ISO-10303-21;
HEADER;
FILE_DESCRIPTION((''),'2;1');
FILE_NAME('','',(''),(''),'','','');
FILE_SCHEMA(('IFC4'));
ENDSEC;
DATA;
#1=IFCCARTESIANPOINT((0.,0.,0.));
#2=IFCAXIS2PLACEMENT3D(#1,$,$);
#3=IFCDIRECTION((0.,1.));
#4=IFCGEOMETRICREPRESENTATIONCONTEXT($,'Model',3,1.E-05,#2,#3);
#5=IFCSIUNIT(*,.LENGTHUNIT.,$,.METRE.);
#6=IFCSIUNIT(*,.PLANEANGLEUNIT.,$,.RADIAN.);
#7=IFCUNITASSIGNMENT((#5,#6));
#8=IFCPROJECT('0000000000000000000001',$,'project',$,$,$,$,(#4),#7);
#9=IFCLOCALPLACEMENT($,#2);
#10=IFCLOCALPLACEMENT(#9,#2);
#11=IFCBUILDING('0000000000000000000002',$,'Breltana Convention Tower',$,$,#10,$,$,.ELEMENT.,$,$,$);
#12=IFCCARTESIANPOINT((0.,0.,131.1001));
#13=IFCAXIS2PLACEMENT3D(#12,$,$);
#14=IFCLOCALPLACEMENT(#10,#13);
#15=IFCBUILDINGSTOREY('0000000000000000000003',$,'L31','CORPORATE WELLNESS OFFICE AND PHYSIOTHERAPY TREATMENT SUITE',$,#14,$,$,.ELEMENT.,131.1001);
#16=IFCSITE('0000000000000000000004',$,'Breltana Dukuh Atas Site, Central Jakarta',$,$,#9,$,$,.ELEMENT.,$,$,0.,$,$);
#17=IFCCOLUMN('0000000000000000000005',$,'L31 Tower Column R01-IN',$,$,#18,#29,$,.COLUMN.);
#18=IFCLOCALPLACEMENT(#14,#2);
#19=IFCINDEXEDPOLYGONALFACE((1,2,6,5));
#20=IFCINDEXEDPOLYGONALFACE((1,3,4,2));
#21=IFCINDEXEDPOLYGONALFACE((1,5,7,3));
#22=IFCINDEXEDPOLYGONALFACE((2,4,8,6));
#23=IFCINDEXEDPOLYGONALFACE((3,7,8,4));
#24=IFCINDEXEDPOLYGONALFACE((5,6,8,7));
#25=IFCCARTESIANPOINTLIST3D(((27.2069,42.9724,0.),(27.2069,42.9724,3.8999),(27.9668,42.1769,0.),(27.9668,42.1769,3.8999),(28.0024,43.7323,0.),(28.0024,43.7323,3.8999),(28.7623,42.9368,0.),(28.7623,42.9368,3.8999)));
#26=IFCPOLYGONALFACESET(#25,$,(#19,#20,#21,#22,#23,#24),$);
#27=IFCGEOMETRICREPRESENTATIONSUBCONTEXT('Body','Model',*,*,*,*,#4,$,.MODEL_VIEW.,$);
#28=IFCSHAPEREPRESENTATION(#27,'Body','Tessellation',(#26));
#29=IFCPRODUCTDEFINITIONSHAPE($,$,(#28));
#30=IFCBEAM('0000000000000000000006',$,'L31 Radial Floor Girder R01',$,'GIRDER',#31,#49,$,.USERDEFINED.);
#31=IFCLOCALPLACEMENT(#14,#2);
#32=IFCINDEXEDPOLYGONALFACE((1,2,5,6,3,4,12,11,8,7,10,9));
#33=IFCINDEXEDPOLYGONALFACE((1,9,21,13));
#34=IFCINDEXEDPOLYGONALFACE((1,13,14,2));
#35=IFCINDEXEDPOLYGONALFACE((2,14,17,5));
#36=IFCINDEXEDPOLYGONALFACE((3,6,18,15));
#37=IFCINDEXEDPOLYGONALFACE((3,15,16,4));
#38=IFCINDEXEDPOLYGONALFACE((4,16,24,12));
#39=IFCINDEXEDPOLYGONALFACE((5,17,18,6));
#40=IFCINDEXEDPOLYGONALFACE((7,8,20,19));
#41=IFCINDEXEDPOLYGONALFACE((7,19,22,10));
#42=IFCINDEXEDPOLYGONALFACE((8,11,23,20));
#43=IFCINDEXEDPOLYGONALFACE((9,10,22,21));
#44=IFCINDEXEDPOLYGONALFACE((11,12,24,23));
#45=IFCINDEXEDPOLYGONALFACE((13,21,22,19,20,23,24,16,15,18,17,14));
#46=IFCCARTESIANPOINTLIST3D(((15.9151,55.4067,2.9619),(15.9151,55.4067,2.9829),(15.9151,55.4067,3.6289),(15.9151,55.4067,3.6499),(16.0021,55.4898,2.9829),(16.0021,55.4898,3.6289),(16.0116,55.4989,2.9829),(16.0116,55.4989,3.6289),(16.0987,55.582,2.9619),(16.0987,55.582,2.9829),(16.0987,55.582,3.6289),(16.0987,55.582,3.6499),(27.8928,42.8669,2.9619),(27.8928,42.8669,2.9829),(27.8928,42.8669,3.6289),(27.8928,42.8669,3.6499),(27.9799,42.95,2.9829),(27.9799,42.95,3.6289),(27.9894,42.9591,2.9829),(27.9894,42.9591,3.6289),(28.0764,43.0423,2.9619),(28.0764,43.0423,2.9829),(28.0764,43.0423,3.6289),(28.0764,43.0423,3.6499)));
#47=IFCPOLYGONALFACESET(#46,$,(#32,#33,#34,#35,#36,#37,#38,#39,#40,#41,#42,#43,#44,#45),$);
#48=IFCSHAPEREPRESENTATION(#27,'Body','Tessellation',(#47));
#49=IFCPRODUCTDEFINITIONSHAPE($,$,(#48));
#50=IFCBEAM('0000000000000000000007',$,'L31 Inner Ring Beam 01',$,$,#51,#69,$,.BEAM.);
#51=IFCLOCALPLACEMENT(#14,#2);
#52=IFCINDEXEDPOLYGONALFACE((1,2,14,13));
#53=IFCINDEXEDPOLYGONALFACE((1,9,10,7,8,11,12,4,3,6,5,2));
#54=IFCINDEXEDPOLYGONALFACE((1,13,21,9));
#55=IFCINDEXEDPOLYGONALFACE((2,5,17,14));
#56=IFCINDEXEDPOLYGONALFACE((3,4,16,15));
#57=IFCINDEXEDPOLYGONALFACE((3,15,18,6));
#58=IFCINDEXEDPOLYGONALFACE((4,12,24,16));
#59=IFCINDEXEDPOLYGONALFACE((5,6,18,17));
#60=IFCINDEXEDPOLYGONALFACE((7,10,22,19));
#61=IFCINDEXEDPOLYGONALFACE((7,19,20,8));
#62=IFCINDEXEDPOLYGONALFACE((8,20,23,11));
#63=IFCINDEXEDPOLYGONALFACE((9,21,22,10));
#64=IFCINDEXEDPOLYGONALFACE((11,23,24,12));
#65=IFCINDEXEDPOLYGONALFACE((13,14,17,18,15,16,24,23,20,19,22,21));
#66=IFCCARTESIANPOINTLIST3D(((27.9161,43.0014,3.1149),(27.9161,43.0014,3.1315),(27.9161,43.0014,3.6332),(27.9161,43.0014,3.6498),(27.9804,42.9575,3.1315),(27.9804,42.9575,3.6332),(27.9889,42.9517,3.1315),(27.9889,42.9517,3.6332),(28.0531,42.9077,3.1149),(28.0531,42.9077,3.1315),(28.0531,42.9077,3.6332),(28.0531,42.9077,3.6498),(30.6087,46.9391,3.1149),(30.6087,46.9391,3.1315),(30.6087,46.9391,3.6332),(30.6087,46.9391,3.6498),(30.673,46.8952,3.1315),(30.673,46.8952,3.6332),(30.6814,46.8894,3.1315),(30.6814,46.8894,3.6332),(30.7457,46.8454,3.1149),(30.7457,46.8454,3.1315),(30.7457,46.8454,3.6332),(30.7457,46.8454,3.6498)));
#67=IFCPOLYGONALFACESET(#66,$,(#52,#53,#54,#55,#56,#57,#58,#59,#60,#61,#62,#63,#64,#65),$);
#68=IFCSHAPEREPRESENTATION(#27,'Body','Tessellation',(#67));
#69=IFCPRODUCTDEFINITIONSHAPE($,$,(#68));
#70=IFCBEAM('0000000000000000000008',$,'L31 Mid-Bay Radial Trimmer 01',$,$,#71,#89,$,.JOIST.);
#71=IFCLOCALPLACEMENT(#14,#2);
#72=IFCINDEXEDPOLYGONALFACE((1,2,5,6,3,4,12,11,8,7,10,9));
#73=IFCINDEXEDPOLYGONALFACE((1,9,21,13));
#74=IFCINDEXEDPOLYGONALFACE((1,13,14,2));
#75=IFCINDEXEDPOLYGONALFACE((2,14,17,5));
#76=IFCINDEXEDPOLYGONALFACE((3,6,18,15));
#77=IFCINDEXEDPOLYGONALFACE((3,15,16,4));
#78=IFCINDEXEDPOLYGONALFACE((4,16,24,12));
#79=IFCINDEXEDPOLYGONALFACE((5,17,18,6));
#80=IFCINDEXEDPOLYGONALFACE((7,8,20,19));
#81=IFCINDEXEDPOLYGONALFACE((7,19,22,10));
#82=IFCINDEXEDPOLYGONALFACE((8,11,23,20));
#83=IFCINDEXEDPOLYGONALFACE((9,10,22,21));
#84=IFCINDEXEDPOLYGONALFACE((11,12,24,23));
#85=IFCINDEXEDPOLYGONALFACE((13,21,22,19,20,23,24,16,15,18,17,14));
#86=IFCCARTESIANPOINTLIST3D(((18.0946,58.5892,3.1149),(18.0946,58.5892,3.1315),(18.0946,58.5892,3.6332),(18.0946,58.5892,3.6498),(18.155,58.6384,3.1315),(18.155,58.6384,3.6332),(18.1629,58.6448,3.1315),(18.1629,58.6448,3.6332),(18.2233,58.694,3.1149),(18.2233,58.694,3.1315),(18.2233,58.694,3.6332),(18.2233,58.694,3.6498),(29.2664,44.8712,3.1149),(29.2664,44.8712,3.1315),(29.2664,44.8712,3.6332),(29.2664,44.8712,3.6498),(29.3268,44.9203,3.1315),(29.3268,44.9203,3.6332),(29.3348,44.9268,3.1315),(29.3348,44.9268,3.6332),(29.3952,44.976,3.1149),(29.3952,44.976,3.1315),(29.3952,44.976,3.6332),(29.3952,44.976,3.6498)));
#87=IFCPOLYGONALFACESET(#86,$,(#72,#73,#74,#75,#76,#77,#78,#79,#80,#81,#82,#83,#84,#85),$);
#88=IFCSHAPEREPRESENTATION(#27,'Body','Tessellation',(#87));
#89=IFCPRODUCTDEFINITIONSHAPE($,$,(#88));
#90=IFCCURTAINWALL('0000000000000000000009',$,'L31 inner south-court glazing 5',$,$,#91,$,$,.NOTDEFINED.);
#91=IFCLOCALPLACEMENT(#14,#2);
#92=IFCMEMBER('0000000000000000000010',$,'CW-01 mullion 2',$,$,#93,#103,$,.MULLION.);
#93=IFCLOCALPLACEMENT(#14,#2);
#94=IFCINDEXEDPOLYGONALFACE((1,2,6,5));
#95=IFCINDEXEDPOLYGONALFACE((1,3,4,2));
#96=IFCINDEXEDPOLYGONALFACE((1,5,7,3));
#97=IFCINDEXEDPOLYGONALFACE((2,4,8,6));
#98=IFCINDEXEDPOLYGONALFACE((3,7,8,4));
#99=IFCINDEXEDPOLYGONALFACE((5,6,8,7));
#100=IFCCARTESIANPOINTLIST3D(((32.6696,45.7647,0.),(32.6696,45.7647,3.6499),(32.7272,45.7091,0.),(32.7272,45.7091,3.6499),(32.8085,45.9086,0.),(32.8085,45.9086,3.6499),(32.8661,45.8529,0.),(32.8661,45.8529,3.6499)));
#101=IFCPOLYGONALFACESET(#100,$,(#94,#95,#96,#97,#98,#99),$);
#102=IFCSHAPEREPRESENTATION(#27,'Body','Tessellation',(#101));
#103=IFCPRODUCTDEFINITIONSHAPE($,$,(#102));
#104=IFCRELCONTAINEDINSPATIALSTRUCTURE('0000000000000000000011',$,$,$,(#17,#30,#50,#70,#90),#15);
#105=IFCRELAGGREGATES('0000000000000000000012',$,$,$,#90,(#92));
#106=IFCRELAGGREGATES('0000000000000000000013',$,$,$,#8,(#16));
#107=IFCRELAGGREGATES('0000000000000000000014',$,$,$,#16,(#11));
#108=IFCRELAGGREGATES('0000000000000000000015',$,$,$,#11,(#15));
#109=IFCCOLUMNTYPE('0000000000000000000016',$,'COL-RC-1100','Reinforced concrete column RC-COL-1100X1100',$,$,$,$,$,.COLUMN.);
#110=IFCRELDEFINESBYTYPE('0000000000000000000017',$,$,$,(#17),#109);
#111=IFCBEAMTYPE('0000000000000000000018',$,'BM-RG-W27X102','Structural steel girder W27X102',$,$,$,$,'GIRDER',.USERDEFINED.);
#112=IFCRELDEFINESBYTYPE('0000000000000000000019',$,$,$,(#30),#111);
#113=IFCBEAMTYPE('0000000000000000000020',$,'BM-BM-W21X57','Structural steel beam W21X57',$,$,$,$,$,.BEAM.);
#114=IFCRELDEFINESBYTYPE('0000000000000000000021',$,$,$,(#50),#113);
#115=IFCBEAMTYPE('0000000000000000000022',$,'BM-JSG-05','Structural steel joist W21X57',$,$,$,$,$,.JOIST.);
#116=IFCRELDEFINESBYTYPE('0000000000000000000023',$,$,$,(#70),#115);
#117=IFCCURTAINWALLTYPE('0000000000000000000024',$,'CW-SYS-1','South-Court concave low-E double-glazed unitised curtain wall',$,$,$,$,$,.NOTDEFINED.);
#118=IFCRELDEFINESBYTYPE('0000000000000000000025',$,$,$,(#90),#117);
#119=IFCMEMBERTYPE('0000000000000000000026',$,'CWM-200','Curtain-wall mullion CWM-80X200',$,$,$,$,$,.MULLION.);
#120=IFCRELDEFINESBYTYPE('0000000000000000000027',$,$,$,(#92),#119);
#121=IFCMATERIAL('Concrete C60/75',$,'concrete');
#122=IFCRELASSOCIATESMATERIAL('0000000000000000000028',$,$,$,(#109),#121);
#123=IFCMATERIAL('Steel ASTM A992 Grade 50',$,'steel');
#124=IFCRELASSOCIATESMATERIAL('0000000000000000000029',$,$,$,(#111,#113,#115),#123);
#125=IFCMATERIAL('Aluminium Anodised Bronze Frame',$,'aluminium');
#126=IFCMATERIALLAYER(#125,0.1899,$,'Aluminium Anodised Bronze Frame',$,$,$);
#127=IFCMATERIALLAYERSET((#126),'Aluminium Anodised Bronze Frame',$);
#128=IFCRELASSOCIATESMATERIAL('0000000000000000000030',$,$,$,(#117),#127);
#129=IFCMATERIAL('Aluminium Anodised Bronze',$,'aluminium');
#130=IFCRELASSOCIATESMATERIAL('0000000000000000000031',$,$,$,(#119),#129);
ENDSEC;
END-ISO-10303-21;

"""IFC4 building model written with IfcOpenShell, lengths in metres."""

from ifc_helpers import new_model, si_unit, direction, frame, origin, origin_2d, place, context, subcontext, project, spatial, rectangle, i_section, extrude, source, transform, mapped, material, layer, layer_set, material_profile, profile_set, type_object, type_shapes, element, aggregate, save


model = new_model("IFC4")

# Units and contexts
model_context = context("Model", 3, precision=1e-05, world=origin(), true_north=direction((0.0, 1.0)))
body_context = subcontext(model_context, "Body", "Model", "MODEL_VIEW")
ifc_project = project(units=[si_unit("LENGTHUNIT", "METRE"), si_unit("PLANEANGLEUNIT", "RADIAN")], contexts=[model_context])

# Site, building, storey
site_placement = place(None, origin())
site = spatial("IfcSite", under=ifc_project, at=site_placement, Name="Breltana Dukuh Atas Site, Central Jakarta", CompositionType="ELEMENT", RefElevation=0.0)
building_placement = place(site_placement, origin())
building = spatial("IfcBuilding", under=site, at=building_placement, Name="Breltana Convention Tower", CompositionType="ELEMENT")
storey_placement = place(building_placement, frame((0.0, 0.0, 131.1001)))
storey = spatial("IfcBuildingStorey", under=building, at=storey_placement, Name="L31", Description="CORPORATE WELLNESS OFFICE AND PHYSIOTHERAPY TREATMENT SUITE", CompositionType="ELEMENT", Elevation=131.1001)

# Column
ifc_material_1 = material(Name="Concrete C60/75", Category="concrete")
ifc_material_profile_1 = material_profile(ifc_material_1, rectangle(XDim=1.1001, YDim=1.1001, at=origin_2d()), Name="RC-COL-1100X1100")
ifc_profile_set_1 = profile_set([ifc_material_profile_1], Name="Concrete C60/75")
column_type = type_object("IfcColumnType", Name="COL-RC-1100", Description="Reinforced concrete column RC-COL-1100X1100", PredefinedType="COLUMN", material=ifc_profile_set_1)
shared_shape_1 = source(origin(), body_context, "Body", "SweptSolid", [
    extrude(rectangle(XDim=1.1001, YDim=1.1001, at=origin_2d()), origin(), (0.0, 0.0, 1.0), 3.8999),
])
column_placement = place(storey_placement, frame((27.9846, 42.9546, 0.0), z_axis=(0.0, 0.0, 1.0), x_axis=(-0.690756, 0.723088, 0.0)))
element("IfcColumn", 1, at=column_placement, inside=storey, type_object=column_type, Name="L31 Tower Column R01-IN", PredefinedType="COLUMN", context=body_context, shape_type="MappedRepresentation", body=[
    mapped(shared_shape_1, transform((0.0, 0.0, 0.0), scale=1.0)),
])

# Beams
ifc_material_2 = material(Name="Steel ASTM A992 Grade 50", Category="steel")
ifc_material_profile_2 = material_profile(ifc_material_2, i_section(OverallWidth=0.2539, OverallDepth=0.688, WebThickness=0.0132, FlangeThickness=0.021, at=origin_2d()), Name="W27X102")
ifc_profile_set_2 = profile_set([ifc_material_profile_2], Name="Steel ASTM A992 Grade 50")
beam_type_1 = type_object("IfcBeamType", Name="BM-RG-W27X102", Description="Structural steel girder W27X102", ElementType="GIRDER", PredefinedType="USERDEFINED", material=ifc_profile_set_2)
shared_shape_2 = source(origin(), body_context, "Body", "SweptSolid", [
    extrude(i_section(OverallWidth=0.2539, OverallDepth=0.688, WebThickness=0.0132, FlangeThickness=0.021, at=origin_2d()), origin(), (0.0, 0.0, 1.0), 17.3411),
])
type_shapes(beam_type_1, [shared_shape_2])
beam_1_placement = place(storey_placement, frame((27.9846, 42.9546, 3.3059), z_axis=(-0.690716, 0.723126, 0.0), x_axis=(-0.723126, -0.690716, 0.0)))
element("IfcBeam", 2, at=beam_1_placement, inside=storey, type_object=beam_type_1, Name="L31 Radial Floor Girder R01", ObjectType="GIRDER", PredefinedType="USERDEFINED", context=body_context, shape_type="MappedRepresentation", body=[
    mapped(shared_shape_2, transform((0.0, 0.0, 0.0), scale=1.0)),
])
ifc_material_profile_3 = material_profile(ifc_material_2, i_section(OverallWidth=0.166, OverallDepth=0.5349, WebThickness=0.0103, FlangeThickness=0.0166, at=origin_2d()), Name="W21X57")
ifc_profile_set_3 = profile_set([ifc_material_profile_3], Name="Steel ASTM A992 Grade 50")
beam_type_2 = type_object("IfcBeamType", Name="BM-BM-W21X57", Description="Structural steel beam W21X57", PredefinedType="BEAM", material=ifc_profile_set_3)
shared_shape_3 = source(origin(), body_context, "Body", "SweptSolid", [
    extrude(i_section(OverallWidth=0.166, OverallDepth=0.5349, WebThickness=0.0103, FlangeThickness=0.0166, at=origin_2d()), origin(), (0.0, 0.0, 1.0), 4.7703),
])
beam_2_placement = place(storey_placement, frame((27.9846, 42.9546, 3.3823), z_axis=(0.564453, 0.825465, 0.0), x_axis=(-0.825465, 0.564453, 0.0)))
element("IfcBeam", 3, at=beam_2_placement, inside=storey, type_object=beam_type_2, Name="L31 Inner Ring Beam 01", PredefinedType="BEAM", context=body_context, shape_type="MappedRepresentation", body=[
    mapped(shared_shape_3, transform((0.0, 0.0, 0.0), scale=1.0)),
])
ifc_material_profile_4 = material_profile(ifc_material_2, i_section(OverallWidth=0.166, OverallDepth=0.5349, WebThickness=0.0103, FlangeThickness=0.0166, at=origin_2d()), Name="W21X57")
ifc_profile_set_4 = profile_set([ifc_material_profile_4], Name="Steel ASTM A992 Grade 50")
beam_type_3 = type_object("IfcBeamType", Name="BM-JSG-05", Description="Structural steel joist W21X57", PredefinedType="JOIST", material=ifc_profile_set_4)
shared_shape_4 = source(origin(), body_context, "Body", "SweptSolid", [
    extrude(i_section(OverallWidth=0.166, OverallDepth=0.5349, WebThickness=0.0103, FlangeThickness=0.0166, at=origin_2d()), origin(), (0.0, 0.0, 1.0), 17.6917),
])
beam_3_placement = place(storey_placement, frame((29.3308, 44.9236, 3.3823), z_axis=(-0.631477, 0.775395, 0.0), x_axis=(-0.775395, -0.631477, 0.0)))
element("IfcBeam", 4, at=beam_3_placement, inside=storey, type_object=beam_type_3, Name="L31 Mid-Bay Radial Trimmer 01", PredefinedType="JOIST", context=body_context, shape_type="MappedRepresentation", body=[
    mapped(shared_shape_4, transform((0.0, 0.0, 0.0), scale=1.0)),
])

# Curtain wall, member
ifc_material_3 = material(Name="Aluminium Anodised Bronze Frame", Category="aluminium")
ifc_layer_1 = layer(ifc_material_3, 0.1899, Name="Aluminium Anodised Bronze Frame")
ifc_layer_set_1 = layer_set([ifc_layer_1], Name="Aluminium Anodised Bronze Frame")
curtain_wall_type = type_object("IfcCurtainWallType", Name="CW-SYS-1", Description="South-Court concave low-E double-glazed unitised curtain wall", PredefinedType="NOTDEFINED", material=ifc_layer_set_1)
curtain_wall_placement = place(storey_placement, origin())
curtain_wall = element("IfcCurtainWall", 5, at=curtain_wall_placement, inside=storey, type_object=curtain_wall_type, Name="L31 inner south-court glazing 5", PredefinedType="NOTDEFINED")
ifc_material_4 = material(Name="Aluminium Anodised Bronze", Category="aluminium")
ifc_material_profile_5 = material_profile(ifc_material_4, rectangle(XDim=0.0801, YDim=0.2, at=origin_2d()), Name="CWM-80X200")
ifc_profile_set_5 = profile_set([ifc_material_profile_5], Name="Aluminium Anodised Bronze")
member_type = type_object("IfcMemberType", Name="CWM-200", Description="Curtain-wall mullion CWM-80X200", PredefinedType="MULLION", material=ifc_profile_set_5)
shared_shape_5 = source(origin(), body_context, "Body", "SweptSolid", [
    extrude(rectangle(XDim=0.0801, YDim=0.2, at=origin_2d()), origin(), (0.0, 0.0, 1.0), 3.6499),
])
member_placement = place(storey_placement, frame((32.7678, 45.8088, 0.0), z_axis=(0.0, 0.0, 1.0), x_axis=(0.719387, -0.694609, 0.0)))
member = element("IfcMember", 6, at=member_placement, type_object=member_type, Name="CW-01 mullion 2", PredefinedType="MULLION", context=body_context, shape_type="MappedRepresentation", body=[
    mapped(shared_shape_5, transform((0.0, 0.0, 0.0), scale=1.0)),
])
aggregate(curtain_wall, [member])

save(model, "model.ifc")
